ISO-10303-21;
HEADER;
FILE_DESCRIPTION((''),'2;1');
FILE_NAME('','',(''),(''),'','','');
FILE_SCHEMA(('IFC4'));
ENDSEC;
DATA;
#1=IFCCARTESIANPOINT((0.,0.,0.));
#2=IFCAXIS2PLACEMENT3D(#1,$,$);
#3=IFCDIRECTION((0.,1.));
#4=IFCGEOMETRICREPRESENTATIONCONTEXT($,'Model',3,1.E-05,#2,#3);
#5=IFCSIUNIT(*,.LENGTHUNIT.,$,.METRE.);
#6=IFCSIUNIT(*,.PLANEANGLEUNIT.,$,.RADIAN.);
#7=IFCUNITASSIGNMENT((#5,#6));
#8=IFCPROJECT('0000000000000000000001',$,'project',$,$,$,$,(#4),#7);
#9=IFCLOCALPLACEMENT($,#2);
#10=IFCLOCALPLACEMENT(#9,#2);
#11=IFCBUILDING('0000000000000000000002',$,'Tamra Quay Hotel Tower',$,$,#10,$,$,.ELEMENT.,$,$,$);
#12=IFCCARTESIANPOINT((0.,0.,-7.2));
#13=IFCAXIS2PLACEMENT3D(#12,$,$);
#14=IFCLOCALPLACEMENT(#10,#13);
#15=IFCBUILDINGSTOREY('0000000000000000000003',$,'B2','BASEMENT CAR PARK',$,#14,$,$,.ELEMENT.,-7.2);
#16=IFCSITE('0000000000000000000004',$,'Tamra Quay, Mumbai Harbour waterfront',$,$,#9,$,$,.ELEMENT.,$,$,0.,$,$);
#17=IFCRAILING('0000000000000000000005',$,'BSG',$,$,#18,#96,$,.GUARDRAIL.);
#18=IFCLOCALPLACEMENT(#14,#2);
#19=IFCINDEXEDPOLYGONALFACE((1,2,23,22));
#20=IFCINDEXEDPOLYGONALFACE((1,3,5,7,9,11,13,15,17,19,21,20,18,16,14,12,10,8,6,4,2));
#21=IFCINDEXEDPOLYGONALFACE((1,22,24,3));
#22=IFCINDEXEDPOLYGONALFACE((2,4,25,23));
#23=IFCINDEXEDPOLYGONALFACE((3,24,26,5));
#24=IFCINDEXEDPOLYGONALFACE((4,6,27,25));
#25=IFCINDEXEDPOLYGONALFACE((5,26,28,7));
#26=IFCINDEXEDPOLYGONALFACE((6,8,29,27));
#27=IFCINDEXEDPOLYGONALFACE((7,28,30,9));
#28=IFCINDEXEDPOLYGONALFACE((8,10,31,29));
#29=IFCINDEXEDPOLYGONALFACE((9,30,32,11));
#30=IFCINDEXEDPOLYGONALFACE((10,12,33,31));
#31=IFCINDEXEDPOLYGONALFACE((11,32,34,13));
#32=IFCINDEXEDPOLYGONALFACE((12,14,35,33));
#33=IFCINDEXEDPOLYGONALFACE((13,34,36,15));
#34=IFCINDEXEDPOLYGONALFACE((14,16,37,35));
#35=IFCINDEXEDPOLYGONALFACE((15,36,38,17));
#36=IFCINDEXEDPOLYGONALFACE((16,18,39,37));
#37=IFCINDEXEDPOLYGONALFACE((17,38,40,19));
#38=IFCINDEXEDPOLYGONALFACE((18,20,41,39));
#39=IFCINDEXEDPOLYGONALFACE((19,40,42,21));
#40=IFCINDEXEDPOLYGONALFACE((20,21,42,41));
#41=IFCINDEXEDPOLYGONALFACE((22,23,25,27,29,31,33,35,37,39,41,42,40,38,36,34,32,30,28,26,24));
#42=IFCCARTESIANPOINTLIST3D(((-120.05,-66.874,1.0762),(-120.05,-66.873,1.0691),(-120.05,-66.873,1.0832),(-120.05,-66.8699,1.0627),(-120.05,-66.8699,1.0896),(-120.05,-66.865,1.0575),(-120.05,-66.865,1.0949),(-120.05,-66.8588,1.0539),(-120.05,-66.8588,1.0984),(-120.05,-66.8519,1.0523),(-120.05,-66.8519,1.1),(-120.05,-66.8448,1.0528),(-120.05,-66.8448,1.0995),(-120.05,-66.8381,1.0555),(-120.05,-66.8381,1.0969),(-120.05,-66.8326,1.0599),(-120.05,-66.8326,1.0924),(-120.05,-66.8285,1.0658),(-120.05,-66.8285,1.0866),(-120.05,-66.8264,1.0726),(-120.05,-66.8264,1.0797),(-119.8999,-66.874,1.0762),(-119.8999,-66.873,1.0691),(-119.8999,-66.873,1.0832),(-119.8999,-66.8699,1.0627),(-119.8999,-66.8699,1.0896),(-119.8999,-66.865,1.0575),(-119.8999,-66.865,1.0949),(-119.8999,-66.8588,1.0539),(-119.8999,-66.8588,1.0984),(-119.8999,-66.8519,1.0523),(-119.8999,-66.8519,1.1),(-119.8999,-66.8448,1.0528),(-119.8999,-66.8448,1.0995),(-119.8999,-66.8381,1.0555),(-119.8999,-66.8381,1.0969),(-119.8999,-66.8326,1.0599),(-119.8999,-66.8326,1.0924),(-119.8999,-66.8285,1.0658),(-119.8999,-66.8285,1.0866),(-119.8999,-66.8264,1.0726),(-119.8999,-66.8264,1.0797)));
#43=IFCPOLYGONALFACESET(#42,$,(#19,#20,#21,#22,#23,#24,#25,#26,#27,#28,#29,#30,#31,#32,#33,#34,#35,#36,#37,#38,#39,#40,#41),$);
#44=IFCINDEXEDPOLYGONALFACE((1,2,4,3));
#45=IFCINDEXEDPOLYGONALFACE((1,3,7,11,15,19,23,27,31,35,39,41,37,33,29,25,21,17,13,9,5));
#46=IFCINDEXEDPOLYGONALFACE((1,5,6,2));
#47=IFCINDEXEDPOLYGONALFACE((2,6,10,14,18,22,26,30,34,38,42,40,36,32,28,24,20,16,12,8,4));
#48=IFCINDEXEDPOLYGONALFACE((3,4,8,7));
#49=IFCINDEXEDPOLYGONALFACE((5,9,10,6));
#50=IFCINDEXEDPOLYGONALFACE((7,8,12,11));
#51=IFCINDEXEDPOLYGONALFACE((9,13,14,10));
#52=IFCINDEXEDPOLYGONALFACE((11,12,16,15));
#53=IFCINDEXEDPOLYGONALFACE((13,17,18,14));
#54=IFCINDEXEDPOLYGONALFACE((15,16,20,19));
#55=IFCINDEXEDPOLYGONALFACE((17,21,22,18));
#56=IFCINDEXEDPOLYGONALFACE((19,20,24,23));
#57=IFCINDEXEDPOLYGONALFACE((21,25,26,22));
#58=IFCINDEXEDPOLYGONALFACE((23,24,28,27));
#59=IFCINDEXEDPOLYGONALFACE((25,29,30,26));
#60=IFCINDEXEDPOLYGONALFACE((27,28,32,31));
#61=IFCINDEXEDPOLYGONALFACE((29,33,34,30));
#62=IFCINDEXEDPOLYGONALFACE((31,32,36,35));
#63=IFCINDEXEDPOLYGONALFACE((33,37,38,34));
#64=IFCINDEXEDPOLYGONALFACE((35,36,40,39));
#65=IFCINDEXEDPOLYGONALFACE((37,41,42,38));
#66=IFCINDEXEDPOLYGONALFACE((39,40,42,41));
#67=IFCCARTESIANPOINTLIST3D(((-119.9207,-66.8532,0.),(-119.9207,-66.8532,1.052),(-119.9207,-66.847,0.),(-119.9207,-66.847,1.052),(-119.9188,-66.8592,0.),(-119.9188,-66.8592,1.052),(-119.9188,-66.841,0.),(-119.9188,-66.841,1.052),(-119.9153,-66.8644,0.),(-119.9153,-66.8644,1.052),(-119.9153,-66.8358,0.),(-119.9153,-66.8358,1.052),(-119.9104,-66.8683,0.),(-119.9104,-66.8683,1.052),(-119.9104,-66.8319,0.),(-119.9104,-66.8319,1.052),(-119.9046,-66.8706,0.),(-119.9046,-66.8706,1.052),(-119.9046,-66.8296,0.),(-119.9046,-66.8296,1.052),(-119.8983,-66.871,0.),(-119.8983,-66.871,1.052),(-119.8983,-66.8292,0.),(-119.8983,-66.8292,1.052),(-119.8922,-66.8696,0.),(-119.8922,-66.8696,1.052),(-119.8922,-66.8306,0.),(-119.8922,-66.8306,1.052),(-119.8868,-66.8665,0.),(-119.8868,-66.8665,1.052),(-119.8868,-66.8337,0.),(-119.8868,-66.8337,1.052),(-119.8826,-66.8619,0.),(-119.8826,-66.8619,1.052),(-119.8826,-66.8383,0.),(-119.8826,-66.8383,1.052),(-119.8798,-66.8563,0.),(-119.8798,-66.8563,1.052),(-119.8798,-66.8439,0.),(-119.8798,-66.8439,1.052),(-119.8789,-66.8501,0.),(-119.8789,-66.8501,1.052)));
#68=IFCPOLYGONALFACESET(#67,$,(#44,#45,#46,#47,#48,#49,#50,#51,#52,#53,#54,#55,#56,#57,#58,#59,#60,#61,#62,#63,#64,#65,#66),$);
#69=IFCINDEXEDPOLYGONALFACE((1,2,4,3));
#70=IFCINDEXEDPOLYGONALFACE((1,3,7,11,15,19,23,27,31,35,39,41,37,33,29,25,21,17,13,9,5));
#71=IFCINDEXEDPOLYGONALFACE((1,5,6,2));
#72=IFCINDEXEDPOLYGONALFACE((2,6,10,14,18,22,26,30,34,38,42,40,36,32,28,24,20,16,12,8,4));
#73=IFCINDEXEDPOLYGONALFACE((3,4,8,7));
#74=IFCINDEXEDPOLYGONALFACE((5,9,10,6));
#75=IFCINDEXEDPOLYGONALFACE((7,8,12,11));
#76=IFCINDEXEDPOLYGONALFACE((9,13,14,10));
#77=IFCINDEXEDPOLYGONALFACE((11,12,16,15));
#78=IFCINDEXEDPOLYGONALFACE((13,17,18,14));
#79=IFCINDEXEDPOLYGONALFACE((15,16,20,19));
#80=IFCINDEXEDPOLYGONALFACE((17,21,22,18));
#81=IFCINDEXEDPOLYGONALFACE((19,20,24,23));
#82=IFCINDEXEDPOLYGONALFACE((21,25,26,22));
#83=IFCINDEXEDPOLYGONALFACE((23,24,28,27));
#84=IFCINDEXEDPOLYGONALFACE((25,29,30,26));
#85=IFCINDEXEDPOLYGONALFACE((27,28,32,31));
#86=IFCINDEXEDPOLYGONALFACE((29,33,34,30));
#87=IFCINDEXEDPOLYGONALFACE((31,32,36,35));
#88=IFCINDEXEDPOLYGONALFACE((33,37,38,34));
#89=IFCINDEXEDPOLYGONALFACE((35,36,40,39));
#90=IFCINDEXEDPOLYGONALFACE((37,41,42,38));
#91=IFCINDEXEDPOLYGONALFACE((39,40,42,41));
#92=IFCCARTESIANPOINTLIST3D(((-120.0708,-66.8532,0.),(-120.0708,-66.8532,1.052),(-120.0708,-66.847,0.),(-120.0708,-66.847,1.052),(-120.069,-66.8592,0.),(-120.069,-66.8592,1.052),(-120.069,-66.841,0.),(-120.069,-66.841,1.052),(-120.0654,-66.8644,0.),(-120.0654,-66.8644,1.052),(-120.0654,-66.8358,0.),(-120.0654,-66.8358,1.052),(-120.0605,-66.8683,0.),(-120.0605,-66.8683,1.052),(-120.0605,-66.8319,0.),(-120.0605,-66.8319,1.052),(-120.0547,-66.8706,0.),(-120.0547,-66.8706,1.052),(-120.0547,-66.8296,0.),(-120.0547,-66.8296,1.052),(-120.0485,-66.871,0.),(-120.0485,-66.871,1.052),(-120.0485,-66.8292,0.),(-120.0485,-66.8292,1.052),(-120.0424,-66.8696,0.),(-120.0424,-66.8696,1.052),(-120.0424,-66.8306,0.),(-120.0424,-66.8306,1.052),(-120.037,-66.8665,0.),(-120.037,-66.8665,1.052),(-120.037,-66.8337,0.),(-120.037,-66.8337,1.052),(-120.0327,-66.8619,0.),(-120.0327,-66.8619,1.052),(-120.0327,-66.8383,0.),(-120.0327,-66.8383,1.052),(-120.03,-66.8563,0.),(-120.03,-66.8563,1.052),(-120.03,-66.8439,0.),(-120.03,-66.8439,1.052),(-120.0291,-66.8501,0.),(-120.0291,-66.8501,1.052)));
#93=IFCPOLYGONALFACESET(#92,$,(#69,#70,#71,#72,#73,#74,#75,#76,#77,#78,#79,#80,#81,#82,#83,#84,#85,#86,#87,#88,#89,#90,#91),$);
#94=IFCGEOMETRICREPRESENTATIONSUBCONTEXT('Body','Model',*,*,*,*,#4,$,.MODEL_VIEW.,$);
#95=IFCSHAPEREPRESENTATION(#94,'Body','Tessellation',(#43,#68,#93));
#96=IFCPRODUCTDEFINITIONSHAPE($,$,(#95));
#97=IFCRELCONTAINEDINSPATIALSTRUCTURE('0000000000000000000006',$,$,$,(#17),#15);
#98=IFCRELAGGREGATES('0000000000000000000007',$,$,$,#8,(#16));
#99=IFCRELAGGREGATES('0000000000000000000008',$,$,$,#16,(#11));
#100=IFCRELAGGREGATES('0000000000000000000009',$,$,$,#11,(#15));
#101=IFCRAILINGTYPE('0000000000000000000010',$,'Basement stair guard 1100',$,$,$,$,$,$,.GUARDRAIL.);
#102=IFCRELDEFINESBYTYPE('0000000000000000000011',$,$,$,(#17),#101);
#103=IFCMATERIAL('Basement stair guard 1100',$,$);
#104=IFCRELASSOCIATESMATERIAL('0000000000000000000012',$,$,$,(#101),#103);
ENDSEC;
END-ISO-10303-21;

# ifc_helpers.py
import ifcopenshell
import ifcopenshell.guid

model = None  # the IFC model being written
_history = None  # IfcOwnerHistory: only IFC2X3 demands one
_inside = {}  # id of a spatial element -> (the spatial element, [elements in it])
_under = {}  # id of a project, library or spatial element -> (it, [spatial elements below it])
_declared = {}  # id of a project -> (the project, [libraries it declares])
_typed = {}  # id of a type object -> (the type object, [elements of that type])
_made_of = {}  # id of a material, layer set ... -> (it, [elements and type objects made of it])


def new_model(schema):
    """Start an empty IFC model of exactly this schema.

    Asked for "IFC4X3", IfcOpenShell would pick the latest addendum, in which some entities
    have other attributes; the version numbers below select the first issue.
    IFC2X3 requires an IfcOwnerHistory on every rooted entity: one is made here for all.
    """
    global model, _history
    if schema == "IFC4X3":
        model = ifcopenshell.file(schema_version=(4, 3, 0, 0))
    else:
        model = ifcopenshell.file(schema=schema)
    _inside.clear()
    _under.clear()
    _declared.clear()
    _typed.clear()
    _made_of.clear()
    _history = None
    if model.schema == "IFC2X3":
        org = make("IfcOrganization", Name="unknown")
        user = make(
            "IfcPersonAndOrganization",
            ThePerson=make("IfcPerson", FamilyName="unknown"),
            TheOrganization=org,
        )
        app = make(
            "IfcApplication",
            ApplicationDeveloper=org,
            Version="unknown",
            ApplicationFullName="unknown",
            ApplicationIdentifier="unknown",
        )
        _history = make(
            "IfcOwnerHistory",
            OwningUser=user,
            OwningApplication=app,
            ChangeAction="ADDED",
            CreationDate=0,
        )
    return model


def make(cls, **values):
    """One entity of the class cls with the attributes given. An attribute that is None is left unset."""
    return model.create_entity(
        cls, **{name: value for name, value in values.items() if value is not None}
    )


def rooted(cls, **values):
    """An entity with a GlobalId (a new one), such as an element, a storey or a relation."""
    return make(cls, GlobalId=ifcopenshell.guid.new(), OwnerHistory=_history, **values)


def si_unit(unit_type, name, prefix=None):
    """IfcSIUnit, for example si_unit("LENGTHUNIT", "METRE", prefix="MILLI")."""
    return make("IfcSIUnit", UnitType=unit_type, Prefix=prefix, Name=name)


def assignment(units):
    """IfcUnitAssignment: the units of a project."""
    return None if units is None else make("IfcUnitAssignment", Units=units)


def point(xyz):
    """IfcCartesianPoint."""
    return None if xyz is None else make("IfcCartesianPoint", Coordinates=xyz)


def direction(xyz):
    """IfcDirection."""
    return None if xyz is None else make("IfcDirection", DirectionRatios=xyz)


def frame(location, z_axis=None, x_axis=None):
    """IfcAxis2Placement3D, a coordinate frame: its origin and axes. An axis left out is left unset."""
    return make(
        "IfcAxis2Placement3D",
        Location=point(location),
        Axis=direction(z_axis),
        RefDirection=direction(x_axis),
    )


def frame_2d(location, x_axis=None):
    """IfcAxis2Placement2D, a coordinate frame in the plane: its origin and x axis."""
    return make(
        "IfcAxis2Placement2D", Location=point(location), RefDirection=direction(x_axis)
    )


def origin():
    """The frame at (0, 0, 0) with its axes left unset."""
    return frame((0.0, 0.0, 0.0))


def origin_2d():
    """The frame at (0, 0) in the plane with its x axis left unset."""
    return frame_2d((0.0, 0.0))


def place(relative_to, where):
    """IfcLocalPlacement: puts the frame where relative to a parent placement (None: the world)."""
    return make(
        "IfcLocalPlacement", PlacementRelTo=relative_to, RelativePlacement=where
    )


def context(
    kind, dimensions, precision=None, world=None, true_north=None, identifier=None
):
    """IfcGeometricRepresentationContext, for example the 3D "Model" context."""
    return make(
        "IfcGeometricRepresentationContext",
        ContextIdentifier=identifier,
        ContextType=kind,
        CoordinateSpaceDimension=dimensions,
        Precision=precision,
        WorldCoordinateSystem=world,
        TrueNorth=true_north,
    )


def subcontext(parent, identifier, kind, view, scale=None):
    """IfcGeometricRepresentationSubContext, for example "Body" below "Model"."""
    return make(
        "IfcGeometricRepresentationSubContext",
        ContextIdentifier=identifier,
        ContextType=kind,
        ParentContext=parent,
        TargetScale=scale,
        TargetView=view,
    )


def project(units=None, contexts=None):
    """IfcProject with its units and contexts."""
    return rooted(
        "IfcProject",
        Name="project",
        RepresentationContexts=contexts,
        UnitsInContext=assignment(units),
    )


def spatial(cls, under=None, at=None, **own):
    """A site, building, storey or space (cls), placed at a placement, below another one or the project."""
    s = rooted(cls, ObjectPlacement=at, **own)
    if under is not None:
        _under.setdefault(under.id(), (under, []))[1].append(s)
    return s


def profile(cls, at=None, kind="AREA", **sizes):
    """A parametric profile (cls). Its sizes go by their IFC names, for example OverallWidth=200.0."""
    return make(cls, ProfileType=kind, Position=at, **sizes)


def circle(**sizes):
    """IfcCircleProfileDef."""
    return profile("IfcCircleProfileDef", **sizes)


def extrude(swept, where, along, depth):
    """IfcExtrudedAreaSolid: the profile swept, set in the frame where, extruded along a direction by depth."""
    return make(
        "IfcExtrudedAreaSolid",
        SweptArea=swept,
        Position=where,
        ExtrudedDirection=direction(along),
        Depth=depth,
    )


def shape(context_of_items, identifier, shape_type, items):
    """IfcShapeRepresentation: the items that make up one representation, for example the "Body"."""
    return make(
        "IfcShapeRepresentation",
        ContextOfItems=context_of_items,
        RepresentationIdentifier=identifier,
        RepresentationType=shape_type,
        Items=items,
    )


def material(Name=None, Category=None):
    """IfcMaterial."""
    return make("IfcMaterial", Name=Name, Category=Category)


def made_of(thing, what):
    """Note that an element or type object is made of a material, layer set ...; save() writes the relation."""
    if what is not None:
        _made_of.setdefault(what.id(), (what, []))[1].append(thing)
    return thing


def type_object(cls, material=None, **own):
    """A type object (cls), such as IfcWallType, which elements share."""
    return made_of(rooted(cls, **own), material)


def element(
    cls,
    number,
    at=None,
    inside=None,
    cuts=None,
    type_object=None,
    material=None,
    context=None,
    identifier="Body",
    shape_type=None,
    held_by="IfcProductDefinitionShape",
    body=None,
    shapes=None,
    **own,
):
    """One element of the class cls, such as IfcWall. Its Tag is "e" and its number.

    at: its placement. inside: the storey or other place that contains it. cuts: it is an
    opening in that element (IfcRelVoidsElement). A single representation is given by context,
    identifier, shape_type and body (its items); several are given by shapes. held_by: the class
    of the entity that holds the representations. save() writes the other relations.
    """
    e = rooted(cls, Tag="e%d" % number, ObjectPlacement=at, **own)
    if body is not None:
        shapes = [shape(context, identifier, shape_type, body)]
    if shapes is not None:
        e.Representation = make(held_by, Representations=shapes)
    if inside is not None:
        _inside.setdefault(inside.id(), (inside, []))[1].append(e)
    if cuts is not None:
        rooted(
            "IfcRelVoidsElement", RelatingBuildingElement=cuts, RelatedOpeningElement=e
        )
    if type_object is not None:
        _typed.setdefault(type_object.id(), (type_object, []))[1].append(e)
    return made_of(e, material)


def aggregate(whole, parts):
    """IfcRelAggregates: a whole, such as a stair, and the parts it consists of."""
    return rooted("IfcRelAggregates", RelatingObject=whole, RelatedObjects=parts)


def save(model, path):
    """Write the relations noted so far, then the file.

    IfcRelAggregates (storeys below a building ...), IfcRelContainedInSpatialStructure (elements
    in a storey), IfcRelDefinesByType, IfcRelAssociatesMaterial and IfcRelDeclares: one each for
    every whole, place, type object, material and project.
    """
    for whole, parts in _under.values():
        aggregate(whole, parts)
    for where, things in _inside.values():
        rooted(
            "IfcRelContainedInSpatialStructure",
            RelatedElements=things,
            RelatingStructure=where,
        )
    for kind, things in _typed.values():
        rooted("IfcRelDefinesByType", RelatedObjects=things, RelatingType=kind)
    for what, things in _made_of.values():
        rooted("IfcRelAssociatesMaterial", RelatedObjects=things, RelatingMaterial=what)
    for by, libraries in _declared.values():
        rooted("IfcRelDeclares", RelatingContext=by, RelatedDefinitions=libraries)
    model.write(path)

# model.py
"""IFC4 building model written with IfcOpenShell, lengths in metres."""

from ifc_helpers import new_model, si_unit, direction, frame, origin, origin_2d, place, context, subcontext, project, spatial, circle, extrude, material, type_object, element, save


model = new_model("IFC4")

# Units and contexts
model_context = context("Model", 3, precision=1e-05, world=origin(), true_north=direction((0.0, 1.0)))
body_context = subcontext(model_context, "Body", "Model", "MODEL_VIEW")
ifc_project = project(units=[si_unit("LENGTHUNIT", "METRE"), si_unit("PLANEANGLEUNIT", "RADIAN")], contexts=[model_context])

# Site, building, storey
site_placement = place(None, origin())
site = spatial("IfcSite", under=ifc_project, at=site_placement, Name="Tamra Quay, Mumbai Harbour waterfront", CompositionType="ELEMENT", RefElevation=0.0)
building_placement = place(site_placement, origin())
building = spatial("IfcBuilding", under=site, at=building_placement, Name="Tamra Quay Hotel Tower", CompositionType="ELEMENT")
storey_placement = place(building_placement, frame((0.0, 0.0, -7.2)))
storey = spatial("IfcBuildingStorey", under=building, at=storey_placement, Name="B2", Description="BASEMENT CAR PARK", CompositionType="ELEMENT", Elevation=-7.2)

# Railing
ifc_material_1 = material(Name="Basement stair guard 1100")
railing_type_1 = type_object("IfcRailingType", Name="Basement stair guard 1100", PredefinedType="GUARDRAIL", material=ifc_material_1)
railing_1_placement = place(storey_placement, frame((-119.8999, -66.8501, 0.0)))
element("IfcRailing", 1, at=railing_1_placement, inside=storey, type_object=railing_type_1, Name="BSG", PredefinedType="GUARDRAIL", context=body_context, shape_type="SweptSolid", body=[
    extrude(circle(Radius=0.0239, at=origin_2d()), frame((0.0, 0.0, 1.0762), z_axis=(-1.0, 0.0, 0.0), x_axis=(0.0, -1.0, 0.0)), (0.0, 0.0, 1.0), 0.1501),
    extrude(circle(Radius=0.021, at=origin_2d()), origin(), (0.0, 0.0, 1.0), 1.052),
    extrude(circle(Radius=0.021, at=origin_2d()), frame((-0.1501, 0.0, 0.0)), (0.0, 0.0, 1.0), 1.052),
])

save(model, "model.ifc")
